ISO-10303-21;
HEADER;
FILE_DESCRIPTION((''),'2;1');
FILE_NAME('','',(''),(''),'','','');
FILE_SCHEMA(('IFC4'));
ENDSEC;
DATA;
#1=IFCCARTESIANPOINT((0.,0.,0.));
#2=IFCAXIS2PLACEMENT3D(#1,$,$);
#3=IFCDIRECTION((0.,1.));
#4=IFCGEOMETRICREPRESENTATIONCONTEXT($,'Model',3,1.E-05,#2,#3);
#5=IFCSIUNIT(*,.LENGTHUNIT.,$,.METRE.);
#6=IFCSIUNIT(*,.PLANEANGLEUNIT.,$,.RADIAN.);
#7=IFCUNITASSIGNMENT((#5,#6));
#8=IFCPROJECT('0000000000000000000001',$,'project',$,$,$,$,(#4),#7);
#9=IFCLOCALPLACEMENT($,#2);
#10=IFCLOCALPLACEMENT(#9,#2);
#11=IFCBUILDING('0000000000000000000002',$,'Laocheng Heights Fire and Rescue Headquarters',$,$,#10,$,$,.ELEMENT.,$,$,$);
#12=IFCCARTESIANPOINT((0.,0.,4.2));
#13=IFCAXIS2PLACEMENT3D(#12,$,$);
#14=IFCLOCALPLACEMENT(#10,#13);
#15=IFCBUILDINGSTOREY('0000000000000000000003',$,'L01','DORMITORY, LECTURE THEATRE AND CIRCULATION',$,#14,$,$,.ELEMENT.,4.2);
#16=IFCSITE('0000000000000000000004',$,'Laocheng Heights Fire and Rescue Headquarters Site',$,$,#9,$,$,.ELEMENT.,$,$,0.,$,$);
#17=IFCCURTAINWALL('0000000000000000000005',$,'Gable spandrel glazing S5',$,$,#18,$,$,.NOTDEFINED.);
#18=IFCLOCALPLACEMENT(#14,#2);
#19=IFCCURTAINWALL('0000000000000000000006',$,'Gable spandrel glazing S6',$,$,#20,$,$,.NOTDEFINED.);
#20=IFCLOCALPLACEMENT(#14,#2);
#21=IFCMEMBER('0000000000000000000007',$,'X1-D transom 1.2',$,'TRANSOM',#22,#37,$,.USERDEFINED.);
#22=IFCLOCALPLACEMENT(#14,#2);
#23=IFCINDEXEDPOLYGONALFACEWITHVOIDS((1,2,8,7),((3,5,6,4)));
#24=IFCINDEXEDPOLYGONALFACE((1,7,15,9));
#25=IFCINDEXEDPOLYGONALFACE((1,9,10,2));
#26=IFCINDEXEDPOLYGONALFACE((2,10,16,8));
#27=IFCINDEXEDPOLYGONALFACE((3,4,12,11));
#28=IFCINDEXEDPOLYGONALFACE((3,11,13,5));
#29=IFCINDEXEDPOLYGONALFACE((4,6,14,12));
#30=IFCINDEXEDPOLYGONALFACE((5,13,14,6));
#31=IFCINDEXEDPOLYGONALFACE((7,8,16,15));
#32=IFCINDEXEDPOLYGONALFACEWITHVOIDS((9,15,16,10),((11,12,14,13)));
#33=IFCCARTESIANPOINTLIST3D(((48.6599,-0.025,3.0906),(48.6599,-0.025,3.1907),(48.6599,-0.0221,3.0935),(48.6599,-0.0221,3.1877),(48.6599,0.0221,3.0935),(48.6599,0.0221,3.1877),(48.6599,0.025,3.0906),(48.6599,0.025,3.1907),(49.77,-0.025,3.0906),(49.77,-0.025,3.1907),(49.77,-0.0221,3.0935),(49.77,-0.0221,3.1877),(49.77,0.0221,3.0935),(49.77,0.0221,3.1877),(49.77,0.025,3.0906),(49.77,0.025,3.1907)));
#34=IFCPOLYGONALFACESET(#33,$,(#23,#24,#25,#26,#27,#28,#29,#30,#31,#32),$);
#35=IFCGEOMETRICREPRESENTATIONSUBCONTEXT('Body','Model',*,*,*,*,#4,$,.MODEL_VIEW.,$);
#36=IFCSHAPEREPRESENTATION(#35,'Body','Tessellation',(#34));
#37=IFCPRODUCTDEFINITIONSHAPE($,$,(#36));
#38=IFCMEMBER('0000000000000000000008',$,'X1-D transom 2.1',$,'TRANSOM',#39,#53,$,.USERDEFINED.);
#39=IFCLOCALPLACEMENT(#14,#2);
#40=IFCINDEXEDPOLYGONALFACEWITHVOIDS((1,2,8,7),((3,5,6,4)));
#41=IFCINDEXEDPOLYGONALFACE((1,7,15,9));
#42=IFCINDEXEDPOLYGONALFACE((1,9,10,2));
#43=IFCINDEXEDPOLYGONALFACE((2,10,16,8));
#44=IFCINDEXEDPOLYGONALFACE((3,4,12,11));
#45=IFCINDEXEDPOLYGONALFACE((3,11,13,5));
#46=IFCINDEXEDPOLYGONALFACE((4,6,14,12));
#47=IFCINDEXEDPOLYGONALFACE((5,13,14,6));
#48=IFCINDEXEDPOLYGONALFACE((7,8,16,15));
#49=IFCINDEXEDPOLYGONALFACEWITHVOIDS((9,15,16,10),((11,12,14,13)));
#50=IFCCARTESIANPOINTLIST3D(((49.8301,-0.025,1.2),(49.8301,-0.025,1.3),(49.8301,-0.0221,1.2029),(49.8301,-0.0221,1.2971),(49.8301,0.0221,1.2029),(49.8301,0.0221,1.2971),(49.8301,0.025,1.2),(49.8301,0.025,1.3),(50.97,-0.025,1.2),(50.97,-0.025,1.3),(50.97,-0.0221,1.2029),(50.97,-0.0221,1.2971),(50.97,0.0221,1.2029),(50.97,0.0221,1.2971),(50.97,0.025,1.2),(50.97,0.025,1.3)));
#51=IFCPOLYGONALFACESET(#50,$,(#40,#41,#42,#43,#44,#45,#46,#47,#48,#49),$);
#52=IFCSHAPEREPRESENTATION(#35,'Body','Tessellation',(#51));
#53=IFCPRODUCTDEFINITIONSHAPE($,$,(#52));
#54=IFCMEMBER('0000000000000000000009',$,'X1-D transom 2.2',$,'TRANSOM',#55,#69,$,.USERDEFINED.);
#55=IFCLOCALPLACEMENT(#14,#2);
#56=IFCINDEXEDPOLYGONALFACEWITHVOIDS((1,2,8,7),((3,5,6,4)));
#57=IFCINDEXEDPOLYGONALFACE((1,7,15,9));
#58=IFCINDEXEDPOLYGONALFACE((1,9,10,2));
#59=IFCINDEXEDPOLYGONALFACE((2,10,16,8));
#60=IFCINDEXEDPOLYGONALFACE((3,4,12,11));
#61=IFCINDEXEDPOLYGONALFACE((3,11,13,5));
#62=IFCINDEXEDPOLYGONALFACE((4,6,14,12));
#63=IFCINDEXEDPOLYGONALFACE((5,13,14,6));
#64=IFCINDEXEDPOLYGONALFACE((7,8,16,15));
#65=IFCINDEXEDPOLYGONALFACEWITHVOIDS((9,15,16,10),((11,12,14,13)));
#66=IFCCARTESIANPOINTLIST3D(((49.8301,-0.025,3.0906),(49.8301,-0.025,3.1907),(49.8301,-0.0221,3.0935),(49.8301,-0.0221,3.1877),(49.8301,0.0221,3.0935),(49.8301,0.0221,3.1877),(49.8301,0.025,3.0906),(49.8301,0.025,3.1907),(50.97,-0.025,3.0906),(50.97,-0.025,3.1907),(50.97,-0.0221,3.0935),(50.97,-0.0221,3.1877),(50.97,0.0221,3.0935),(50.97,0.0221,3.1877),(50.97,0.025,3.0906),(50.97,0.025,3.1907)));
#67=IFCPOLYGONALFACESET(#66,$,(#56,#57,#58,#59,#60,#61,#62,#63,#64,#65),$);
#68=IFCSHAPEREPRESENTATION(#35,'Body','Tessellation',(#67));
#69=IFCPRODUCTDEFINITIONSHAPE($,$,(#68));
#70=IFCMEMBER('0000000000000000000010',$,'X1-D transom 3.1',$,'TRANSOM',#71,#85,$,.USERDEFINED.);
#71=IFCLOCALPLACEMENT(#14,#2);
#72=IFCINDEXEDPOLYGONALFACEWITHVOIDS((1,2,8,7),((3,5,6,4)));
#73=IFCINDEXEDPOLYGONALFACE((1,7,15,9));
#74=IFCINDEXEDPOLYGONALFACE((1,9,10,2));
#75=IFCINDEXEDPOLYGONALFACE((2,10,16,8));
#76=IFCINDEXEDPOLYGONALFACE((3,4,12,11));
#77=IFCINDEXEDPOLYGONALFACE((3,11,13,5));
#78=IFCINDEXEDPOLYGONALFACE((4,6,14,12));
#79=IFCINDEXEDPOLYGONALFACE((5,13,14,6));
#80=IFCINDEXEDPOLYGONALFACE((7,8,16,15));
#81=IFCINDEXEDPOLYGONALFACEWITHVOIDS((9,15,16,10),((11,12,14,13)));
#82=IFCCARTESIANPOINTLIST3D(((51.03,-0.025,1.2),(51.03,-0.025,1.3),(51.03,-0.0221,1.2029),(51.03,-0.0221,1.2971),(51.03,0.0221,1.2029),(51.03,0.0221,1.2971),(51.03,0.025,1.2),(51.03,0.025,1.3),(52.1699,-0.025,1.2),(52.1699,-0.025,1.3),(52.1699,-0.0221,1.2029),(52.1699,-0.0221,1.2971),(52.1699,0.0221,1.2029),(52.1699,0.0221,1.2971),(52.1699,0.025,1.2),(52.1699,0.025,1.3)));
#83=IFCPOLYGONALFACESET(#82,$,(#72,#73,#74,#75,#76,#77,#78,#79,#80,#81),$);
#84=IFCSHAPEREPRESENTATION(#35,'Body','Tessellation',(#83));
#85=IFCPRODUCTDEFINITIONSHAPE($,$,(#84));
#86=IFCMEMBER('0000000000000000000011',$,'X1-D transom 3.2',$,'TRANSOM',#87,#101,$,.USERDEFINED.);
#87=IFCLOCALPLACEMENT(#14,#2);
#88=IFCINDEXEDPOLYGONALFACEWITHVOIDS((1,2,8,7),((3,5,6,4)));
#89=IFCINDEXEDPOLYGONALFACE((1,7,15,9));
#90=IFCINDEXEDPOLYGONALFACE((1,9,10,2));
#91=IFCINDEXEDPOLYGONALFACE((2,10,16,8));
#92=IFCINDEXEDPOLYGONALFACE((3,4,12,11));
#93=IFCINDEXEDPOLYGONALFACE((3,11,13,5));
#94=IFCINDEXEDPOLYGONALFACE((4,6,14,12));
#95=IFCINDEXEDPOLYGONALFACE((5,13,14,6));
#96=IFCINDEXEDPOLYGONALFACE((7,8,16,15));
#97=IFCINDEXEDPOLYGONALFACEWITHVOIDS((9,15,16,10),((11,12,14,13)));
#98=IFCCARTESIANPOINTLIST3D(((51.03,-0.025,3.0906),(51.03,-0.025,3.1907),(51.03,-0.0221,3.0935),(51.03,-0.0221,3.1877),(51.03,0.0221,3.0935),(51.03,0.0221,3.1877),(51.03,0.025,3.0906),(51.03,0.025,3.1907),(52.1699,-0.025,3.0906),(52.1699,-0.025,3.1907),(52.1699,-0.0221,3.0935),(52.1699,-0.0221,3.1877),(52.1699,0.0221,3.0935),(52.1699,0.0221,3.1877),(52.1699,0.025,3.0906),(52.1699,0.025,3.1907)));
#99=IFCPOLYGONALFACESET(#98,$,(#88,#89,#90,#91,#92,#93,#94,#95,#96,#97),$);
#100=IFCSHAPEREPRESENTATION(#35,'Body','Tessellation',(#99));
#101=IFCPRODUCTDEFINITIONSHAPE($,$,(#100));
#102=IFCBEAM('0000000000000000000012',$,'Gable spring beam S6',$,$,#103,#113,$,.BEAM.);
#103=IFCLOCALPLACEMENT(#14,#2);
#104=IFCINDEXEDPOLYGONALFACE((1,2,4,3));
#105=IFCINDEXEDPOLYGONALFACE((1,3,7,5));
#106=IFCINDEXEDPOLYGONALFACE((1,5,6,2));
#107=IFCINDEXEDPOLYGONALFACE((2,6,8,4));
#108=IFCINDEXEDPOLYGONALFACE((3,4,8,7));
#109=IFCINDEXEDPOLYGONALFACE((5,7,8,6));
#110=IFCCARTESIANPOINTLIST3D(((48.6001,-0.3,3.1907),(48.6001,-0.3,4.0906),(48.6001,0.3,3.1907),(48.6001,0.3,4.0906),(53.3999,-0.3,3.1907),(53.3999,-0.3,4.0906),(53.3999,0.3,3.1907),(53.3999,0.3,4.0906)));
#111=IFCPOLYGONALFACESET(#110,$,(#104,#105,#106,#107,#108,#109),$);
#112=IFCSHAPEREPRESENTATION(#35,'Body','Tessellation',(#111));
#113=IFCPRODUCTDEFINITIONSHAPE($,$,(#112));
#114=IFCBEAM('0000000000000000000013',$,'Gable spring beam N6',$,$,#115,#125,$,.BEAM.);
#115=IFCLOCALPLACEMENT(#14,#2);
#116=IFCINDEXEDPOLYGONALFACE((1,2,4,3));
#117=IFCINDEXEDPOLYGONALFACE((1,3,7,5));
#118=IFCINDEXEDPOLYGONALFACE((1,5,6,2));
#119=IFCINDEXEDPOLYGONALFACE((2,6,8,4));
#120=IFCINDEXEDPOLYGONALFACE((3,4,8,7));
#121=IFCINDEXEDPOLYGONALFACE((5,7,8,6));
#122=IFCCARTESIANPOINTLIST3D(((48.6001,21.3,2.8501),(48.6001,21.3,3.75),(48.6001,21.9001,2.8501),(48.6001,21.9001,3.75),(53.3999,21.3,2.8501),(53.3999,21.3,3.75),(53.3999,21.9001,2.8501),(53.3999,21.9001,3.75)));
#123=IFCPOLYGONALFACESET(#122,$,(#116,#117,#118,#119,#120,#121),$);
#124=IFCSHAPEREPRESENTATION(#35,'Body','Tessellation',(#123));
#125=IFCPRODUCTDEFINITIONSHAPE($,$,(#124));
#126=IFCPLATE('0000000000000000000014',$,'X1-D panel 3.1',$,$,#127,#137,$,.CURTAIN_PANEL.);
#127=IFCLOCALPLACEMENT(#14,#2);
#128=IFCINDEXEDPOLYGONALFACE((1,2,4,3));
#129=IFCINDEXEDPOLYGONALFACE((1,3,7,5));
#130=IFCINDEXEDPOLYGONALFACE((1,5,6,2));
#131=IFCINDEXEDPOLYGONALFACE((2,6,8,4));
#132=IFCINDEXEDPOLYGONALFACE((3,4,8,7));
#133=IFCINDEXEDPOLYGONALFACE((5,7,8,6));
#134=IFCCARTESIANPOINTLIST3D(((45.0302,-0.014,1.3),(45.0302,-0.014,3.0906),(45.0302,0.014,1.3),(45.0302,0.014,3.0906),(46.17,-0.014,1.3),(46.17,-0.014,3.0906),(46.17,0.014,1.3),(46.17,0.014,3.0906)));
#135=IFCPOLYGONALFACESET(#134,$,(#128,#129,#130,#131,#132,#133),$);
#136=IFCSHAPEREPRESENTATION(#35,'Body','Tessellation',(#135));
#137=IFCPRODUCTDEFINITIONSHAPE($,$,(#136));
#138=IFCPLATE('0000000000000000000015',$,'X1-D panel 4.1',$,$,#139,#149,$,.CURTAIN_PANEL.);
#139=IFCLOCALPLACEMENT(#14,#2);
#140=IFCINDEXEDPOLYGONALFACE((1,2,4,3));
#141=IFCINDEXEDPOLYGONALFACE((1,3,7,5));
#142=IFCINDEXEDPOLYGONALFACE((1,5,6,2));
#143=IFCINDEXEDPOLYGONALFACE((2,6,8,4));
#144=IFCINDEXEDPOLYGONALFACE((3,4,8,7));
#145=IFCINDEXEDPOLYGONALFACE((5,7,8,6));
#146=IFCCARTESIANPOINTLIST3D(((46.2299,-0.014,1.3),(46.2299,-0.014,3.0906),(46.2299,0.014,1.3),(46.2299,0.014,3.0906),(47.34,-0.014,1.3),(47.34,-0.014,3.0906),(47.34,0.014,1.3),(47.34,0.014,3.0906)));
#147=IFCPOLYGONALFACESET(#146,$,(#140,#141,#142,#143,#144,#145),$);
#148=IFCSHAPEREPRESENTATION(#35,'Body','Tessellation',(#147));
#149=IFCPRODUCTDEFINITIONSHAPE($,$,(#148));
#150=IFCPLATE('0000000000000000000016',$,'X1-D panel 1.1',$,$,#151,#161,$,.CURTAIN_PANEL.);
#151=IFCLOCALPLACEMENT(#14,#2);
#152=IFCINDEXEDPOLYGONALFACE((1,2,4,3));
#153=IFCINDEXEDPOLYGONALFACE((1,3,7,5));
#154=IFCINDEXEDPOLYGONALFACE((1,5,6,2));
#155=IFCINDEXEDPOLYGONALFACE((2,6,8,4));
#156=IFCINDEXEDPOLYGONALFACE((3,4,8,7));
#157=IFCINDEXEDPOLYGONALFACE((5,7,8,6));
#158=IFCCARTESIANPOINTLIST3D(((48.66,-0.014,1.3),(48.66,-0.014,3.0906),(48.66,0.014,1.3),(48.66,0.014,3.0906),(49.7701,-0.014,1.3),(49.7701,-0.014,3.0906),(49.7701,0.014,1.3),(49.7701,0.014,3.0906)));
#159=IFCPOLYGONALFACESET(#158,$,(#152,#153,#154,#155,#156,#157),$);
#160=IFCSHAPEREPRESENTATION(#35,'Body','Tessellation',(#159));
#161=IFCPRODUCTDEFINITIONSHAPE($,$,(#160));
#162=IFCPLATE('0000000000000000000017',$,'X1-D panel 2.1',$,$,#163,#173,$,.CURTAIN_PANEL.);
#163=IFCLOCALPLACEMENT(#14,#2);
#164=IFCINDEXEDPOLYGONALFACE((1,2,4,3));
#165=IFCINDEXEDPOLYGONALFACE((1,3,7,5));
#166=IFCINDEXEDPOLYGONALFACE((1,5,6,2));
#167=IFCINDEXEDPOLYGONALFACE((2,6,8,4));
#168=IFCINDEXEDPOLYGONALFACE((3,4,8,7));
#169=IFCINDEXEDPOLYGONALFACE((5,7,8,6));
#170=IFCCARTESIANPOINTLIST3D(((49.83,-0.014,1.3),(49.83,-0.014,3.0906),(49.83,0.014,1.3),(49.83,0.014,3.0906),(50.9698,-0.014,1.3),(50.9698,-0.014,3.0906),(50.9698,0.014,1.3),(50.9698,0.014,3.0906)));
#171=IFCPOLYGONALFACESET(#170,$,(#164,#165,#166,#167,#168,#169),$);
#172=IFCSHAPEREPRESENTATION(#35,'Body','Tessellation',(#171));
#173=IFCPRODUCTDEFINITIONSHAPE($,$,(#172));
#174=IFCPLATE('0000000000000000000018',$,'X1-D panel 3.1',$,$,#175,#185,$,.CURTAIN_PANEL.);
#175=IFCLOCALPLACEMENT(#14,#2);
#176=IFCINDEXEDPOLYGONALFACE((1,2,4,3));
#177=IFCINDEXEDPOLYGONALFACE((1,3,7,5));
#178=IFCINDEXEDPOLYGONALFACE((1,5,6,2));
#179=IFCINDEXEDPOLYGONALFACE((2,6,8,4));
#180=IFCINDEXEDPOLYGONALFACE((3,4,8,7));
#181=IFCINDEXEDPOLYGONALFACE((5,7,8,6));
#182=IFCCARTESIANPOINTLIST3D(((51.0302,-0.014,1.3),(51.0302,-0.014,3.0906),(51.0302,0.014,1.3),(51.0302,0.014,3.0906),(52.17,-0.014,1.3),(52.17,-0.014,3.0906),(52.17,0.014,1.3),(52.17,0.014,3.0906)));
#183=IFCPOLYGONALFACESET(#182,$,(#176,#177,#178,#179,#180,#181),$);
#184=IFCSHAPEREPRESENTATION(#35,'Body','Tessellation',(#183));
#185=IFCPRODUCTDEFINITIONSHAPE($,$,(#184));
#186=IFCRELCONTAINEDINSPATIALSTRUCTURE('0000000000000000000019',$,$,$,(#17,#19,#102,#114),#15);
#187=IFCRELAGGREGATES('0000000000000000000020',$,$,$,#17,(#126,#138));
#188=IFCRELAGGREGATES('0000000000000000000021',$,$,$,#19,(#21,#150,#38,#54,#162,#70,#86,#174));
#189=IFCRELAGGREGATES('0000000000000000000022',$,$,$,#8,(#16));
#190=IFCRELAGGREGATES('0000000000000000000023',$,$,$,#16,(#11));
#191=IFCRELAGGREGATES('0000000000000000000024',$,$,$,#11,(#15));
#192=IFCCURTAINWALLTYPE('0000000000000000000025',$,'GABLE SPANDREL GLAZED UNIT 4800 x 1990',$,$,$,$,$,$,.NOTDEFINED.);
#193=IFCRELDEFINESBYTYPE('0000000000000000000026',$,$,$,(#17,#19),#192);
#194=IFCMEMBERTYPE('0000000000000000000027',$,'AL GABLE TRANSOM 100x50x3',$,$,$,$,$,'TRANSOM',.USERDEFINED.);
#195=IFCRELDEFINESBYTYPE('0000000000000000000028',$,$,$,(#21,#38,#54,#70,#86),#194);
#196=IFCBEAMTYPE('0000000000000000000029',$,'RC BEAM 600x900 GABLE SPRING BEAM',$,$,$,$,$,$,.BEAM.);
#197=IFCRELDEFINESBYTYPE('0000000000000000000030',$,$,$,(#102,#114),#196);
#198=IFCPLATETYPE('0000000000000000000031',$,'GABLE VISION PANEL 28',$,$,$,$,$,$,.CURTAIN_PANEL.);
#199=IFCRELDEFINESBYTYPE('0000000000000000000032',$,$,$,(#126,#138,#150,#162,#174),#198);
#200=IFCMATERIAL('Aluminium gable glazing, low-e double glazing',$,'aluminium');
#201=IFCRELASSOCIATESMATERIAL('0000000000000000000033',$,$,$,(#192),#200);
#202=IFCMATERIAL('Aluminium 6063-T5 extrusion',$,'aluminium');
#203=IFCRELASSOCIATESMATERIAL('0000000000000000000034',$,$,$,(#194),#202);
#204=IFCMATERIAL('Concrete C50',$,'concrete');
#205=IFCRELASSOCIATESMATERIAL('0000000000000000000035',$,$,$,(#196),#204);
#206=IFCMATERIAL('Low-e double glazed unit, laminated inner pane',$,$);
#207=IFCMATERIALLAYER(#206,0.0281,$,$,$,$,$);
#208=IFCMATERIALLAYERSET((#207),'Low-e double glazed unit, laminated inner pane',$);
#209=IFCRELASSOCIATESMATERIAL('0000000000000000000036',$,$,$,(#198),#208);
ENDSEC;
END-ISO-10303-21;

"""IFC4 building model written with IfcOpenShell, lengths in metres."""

from ifc_helpers import new_model, si_unit, direction, frame, origin, origin_2d, place, context, subcontext, project, spatial, rectangle, hollow_rectangle, extrude, material, layer, layer_set, material_profile, profile_set, type_object, element, aggregate, save


model = new_model("IFC4")

# Units and contexts
model_context = context("Model", 3, precision=1e-05, world=origin(), true_north=direction((0.0, 1.0)))
body_context = subcontext(model_context, "Body", "Model", "MODEL_VIEW")
ifc_project = project(units=[si_unit("LENGTHUNIT", "METRE"), si_unit("PLANEANGLEUNIT", "RADIAN")], contexts=[model_context])

# Site, building, storey
site_placement = place(None, origin())
site = spatial("IfcSite", under=ifc_project, at=site_placement, Name="Laocheng Heights Fire and Rescue Headquarters Site", CompositionType="ELEMENT", RefElevation=0.0)
building_placement = place(site_placement, origin())
building = spatial("IfcBuilding", under=site, at=building_placement, Name="Laocheng Heights Fire and Rescue Headquarters", CompositionType="ELEMENT")
storey_placement = place(building_placement, frame((0.0, 0.0, 4.2)))
storey = spatial("IfcBuildingStorey", under=building, at=storey_placement, Name="L01", Description="DORMITORY, LECTURE THEATRE AND CIRCULATION", CompositionType="ELEMENT", Elevation=4.2)

# Curtain walls
ifc_material_1 = material(Name="Aluminium gable glazing, low-e double glazing", Category="aluminium")
curtain_wall_type = type_object("IfcCurtainWallType", Name="GABLE SPANDREL GLAZED UNIT 4800 x 1990", PredefinedType="NOTDEFINED", material=ifc_material_1)
curtain_wall_1_placement = place(storey_placement, origin())
curtain_wall_1 = element("IfcCurtainWall", 1, at=curtain_wall_1_placement, inside=storey, type_object=curtain_wall_type, Name="Gable spandrel glazing S5", PredefinedType="NOTDEFINED")
curtain_wall_2_placement = place(storey_placement, origin())
curtain_wall_2 = element("IfcCurtainWall", 2, at=curtain_wall_2_placement, inside=storey, type_object=curtain_wall_type, Name="Gable spandrel glazing S6", PredefinedType="NOTDEFINED")

# Members
ifc_material_2 = material(Name="Aluminium 6063-T5 extrusion", Category="aluminium")
ifc_material_profile_1 = material_profile(ifc_material_2, hollow_rectangle(XDim=0.05, YDim=0.1001, WallThickness=0.0029, at=origin_2d()), Name="AL TRANSOM 100x50x3")
ifc_profile_set_1 = profile_set([ifc_material_profile_1], Name="Aluminium 6063-T5 extrusion")
member_type_1 = type_object("IfcMemberType", Name="AL GABLE TRANSOM 100x50x3", ElementType="TRANSOM", PredefinedType="USERDEFINED", material=ifc_profile_set_1)
member_1_placement = place(storey_placement, frame((48.6599, 0.0, 3.1406), z_axis=(1.0, 0.0, 0.0), x_axis=(0.0, 1.0, 0.0)))
member_1 = element("IfcMember", 3, at=member_1_placement, type_object=member_type_1, Name="X1-D transom 1.2", ObjectType="TRANSOM", PredefinedType="USERDEFINED", context=body_context, shape_type="SweptSolid", body=[
    extrude(hollow_rectangle(XDim=0.05, YDim=0.1001, WallThickness=0.0029, at=origin_2d()), origin(), (0.0, 0.0, 1.0), 1.1101),
])
member_2_placement = place(storey_placement, frame((49.8301, 0.0, 1.25), z_axis=(1.0, 0.0, 0.0), x_axis=(0.0, 1.0, 0.0)))
member_2 = element("IfcMember", 4, at=member_2_placement, type_object=member_type_1, Name="X1-D transom 2.1", ObjectType="TRANSOM", PredefinedType="USERDEFINED", context=body_context, shape_type="SweptSolid", body=[
    extrude(hollow_rectangle(XDim=0.05, YDim=0.1001, WallThickness=0.0029, at=origin_2d()), origin(), (0.0, 0.0, 1.0), 1.1399),
])
member_3_placement = place(storey_placement, frame((49.8301, 0.0, 3.1406), z_axis=(1.0, 0.0, 0.0), x_axis=(0.0, 1.0, 0.0)))
member_3 = element("IfcMember", 5, at=member_3_placement, type_object=member_type_1, Name="X1-D transom 2.2", ObjectType="TRANSOM", PredefinedType="USERDEFINED", context=body_context, shape_type="SweptSolid", body=[
    extrude(hollow_rectangle(XDim=0.05, YDim=0.1001, WallThickness=0.0029, at=origin_2d()), origin(), (0.0, 0.0, 1.0), 1.1399),
])
member_4_placement = place(storey_placement, frame((51.03, 0.0, 1.25), z_axis=(1.0, 0.0, 0.0), x_axis=(0.0, 1.0, 0.0)))
member_4 = element("IfcMember", 6, at=member_4_placement, type_object=member_type_1, Name="X1-D transom 3.1", ObjectType="TRANSOM", PredefinedType="USERDEFINED", context=body_context, shape_type="SweptSolid", body=[
    extrude(hollow_rectangle(XDim=0.05, YDim=0.1001, WallThickness=0.0029, at=origin_2d()), origin(), (0.0, 0.0, 1.0), 1.1399),
])
member_5_placement = place(storey_placement, frame((51.03, 0.0, 3.1406), z_axis=(1.0, 0.0, 0.0), x_axis=(0.0, 1.0, 0.0)))
member_5 = element("IfcMember", 7, at=member_5_placement, type_object=member_type_1, Name="X1-D transom 3.2", ObjectType="TRANSOM", PredefinedType="USERDEFINED", context=body_context, shape_type="SweptSolid", body=[
    extrude(hollow_rectangle(XDim=0.05, YDim=0.1001, WallThickness=0.0029, at=origin_2d()), origin(), (0.0, 0.0, 1.0), 1.1399),
])

# Beams
ifc_material_3 = material(Name="Concrete C50", Category="concrete")
ifc_material_profile_2 = material_profile(ifc_material_3, rectangle(XDim=0.6001, YDim=0.8999, at=origin_2d()), Name="RC BEAM 600x900 GABLE SPRING BEAM")
ifc_profile_set_2 = profile_set([ifc_material_profile_2], Name="Concrete C50")
beam_type = type_object("IfcBeamType", Name="RC BEAM 600x900 GABLE SPRING BEAM", PredefinedType="BEAM", material=ifc_profile_set_2)
for number, where, z_axis, x_axis, name in (
    (8, (48.6001, 0.0, 3.6406), (1.0, 0.0, 0.0), (0.0, 1.0, 0.0), "Gable spring beam S6"),
    (9, (48.6001, 21.6001, 3.3), (1.0, 0.0, 0.0), (0.0, 1.0, 0.0), "Gable spring beam N6"),
):
    element("IfcBeam", number, at=place(storey_placement, frame(where, z_axis=z_axis, x_axis=x_axis)), inside=storey, type_object=beam_type, Name=name, PredefinedType="BEAM", context=body_context, shape_type="SweptSolid", body=[
        extrude(rectangle(XDim=0.6001, YDim=0.8999, at=origin_2d()), origin(), (0.0, 0.0, 1.0), 4.7998),
    ])

# Plates
ifc_material_4 = material(Name="Low-e double glazed unit, laminated inner pane")
ifc_layer = layer(ifc_material_4, 0.0281)
ifc_layer_set = layer_set([ifc_layer], Name="Low-e double glazed unit, laminated inner pane")
plate_type = type_object("IfcPlateType", Name="GABLE VISION PANEL 28", PredefinedType="CURTAIN_PANEL", material=ifc_layer_set)
plate_1_placement = place(storey_placement, frame((45.6001, 0.0, 1.3), z_axis=(0.0, 0.0, 1.0), x_axis=(1.0, 0.0, 0.0)))
plate_1 = element("IfcPlate", 10, at=plate_1_placement, type_object=plate_type, Name="X1-D panel 3.1", PredefinedType="CURTAIN_PANEL", context=body_context, shape_type="SweptSolid", body=[
    extrude(rectangle(XDim=1.1399, YDim=0.0281, at=origin_2d()), origin(), (0.0, 0.0, 1.0), 1.7905),
])
plate_2_placement = place(storey_placement, frame((46.7849, 0.0, 1.3), z_axis=(0.0, 0.0, 1.0), x_axis=(1.0, 0.0, 0.0)))
plate_2 = element("IfcPlate", 11, at=plate_2_placement, type_object=plate_type, Name="X1-D panel 4.1", PredefinedType="CURTAIN_PANEL", context=body_context, shape_type="SweptSolid", body=[
    extrude(rectangle(XDim=1.1101, YDim=0.0281, at=origin_2d()), origin(), (0.0, 0.0, 1.0), 1.7905),
])
aggregate(curtain_wall_1, [plate_1, plate_2])
plate_3_placement = place(storey_placement, frame((49.2151, 0.0, 1.3), z_axis=(0.0, 0.0, 1.0), x_axis=(1.0, 0.0, 0.0)))
plate_3 = element("IfcPlate", 12, at=plate_3_placement, type_object=plate_type, Name="X1-D panel 1.1", PredefinedType="CURTAIN_PANEL", context=body_context, shape_type="SweptSolid", body=[
    extrude(rectangle(XDim=1.1101, YDim=0.0281, at=origin_2d()), origin(), (0.0, 0.0, 1.0), 1.7905),
])
plate_4_placement = place(storey_placement, frame((50.3999, 0.0, 1.3), z_axis=(0.0, 0.0, 1.0), x_axis=(1.0, 0.0, 0.0)))
plate_4 = element("IfcPlate", 13, at=plate_4_placement, type_object=plate_type, Name="X1-D panel 2.1", PredefinedType="CURTAIN_PANEL", context=body_context, shape_type="SweptSolid", body=[
    extrude(rectangle(XDim=1.1399, YDim=0.0281, at=origin_2d()), origin(), (0.0, 0.0, 1.0), 1.7905),
])
plate_5_placement = place(storey_placement, frame((51.6001, 0.0, 1.3), z_axis=(0.0, 0.0, 1.0), x_axis=(1.0, 0.0, 0.0)))
plate_5 = element("IfcPlate", 14, at=plate_5_placement, type_object=plate_type, Name="X1-D panel 3.1", PredefinedType="CURTAIN_PANEL", context=body_context, shape_type="SweptSolid", body=[
    extrude(rectangle(XDim=1.1399, YDim=0.0281, at=origin_2d()), origin(), (0.0, 0.0, 1.0), 1.7905),
])
aggregate(curtain_wall_2, [member_1, plate_3, member_2, member_3, plate_4, member_4, member_5, plate_5])

save(model, "model.ifc")
